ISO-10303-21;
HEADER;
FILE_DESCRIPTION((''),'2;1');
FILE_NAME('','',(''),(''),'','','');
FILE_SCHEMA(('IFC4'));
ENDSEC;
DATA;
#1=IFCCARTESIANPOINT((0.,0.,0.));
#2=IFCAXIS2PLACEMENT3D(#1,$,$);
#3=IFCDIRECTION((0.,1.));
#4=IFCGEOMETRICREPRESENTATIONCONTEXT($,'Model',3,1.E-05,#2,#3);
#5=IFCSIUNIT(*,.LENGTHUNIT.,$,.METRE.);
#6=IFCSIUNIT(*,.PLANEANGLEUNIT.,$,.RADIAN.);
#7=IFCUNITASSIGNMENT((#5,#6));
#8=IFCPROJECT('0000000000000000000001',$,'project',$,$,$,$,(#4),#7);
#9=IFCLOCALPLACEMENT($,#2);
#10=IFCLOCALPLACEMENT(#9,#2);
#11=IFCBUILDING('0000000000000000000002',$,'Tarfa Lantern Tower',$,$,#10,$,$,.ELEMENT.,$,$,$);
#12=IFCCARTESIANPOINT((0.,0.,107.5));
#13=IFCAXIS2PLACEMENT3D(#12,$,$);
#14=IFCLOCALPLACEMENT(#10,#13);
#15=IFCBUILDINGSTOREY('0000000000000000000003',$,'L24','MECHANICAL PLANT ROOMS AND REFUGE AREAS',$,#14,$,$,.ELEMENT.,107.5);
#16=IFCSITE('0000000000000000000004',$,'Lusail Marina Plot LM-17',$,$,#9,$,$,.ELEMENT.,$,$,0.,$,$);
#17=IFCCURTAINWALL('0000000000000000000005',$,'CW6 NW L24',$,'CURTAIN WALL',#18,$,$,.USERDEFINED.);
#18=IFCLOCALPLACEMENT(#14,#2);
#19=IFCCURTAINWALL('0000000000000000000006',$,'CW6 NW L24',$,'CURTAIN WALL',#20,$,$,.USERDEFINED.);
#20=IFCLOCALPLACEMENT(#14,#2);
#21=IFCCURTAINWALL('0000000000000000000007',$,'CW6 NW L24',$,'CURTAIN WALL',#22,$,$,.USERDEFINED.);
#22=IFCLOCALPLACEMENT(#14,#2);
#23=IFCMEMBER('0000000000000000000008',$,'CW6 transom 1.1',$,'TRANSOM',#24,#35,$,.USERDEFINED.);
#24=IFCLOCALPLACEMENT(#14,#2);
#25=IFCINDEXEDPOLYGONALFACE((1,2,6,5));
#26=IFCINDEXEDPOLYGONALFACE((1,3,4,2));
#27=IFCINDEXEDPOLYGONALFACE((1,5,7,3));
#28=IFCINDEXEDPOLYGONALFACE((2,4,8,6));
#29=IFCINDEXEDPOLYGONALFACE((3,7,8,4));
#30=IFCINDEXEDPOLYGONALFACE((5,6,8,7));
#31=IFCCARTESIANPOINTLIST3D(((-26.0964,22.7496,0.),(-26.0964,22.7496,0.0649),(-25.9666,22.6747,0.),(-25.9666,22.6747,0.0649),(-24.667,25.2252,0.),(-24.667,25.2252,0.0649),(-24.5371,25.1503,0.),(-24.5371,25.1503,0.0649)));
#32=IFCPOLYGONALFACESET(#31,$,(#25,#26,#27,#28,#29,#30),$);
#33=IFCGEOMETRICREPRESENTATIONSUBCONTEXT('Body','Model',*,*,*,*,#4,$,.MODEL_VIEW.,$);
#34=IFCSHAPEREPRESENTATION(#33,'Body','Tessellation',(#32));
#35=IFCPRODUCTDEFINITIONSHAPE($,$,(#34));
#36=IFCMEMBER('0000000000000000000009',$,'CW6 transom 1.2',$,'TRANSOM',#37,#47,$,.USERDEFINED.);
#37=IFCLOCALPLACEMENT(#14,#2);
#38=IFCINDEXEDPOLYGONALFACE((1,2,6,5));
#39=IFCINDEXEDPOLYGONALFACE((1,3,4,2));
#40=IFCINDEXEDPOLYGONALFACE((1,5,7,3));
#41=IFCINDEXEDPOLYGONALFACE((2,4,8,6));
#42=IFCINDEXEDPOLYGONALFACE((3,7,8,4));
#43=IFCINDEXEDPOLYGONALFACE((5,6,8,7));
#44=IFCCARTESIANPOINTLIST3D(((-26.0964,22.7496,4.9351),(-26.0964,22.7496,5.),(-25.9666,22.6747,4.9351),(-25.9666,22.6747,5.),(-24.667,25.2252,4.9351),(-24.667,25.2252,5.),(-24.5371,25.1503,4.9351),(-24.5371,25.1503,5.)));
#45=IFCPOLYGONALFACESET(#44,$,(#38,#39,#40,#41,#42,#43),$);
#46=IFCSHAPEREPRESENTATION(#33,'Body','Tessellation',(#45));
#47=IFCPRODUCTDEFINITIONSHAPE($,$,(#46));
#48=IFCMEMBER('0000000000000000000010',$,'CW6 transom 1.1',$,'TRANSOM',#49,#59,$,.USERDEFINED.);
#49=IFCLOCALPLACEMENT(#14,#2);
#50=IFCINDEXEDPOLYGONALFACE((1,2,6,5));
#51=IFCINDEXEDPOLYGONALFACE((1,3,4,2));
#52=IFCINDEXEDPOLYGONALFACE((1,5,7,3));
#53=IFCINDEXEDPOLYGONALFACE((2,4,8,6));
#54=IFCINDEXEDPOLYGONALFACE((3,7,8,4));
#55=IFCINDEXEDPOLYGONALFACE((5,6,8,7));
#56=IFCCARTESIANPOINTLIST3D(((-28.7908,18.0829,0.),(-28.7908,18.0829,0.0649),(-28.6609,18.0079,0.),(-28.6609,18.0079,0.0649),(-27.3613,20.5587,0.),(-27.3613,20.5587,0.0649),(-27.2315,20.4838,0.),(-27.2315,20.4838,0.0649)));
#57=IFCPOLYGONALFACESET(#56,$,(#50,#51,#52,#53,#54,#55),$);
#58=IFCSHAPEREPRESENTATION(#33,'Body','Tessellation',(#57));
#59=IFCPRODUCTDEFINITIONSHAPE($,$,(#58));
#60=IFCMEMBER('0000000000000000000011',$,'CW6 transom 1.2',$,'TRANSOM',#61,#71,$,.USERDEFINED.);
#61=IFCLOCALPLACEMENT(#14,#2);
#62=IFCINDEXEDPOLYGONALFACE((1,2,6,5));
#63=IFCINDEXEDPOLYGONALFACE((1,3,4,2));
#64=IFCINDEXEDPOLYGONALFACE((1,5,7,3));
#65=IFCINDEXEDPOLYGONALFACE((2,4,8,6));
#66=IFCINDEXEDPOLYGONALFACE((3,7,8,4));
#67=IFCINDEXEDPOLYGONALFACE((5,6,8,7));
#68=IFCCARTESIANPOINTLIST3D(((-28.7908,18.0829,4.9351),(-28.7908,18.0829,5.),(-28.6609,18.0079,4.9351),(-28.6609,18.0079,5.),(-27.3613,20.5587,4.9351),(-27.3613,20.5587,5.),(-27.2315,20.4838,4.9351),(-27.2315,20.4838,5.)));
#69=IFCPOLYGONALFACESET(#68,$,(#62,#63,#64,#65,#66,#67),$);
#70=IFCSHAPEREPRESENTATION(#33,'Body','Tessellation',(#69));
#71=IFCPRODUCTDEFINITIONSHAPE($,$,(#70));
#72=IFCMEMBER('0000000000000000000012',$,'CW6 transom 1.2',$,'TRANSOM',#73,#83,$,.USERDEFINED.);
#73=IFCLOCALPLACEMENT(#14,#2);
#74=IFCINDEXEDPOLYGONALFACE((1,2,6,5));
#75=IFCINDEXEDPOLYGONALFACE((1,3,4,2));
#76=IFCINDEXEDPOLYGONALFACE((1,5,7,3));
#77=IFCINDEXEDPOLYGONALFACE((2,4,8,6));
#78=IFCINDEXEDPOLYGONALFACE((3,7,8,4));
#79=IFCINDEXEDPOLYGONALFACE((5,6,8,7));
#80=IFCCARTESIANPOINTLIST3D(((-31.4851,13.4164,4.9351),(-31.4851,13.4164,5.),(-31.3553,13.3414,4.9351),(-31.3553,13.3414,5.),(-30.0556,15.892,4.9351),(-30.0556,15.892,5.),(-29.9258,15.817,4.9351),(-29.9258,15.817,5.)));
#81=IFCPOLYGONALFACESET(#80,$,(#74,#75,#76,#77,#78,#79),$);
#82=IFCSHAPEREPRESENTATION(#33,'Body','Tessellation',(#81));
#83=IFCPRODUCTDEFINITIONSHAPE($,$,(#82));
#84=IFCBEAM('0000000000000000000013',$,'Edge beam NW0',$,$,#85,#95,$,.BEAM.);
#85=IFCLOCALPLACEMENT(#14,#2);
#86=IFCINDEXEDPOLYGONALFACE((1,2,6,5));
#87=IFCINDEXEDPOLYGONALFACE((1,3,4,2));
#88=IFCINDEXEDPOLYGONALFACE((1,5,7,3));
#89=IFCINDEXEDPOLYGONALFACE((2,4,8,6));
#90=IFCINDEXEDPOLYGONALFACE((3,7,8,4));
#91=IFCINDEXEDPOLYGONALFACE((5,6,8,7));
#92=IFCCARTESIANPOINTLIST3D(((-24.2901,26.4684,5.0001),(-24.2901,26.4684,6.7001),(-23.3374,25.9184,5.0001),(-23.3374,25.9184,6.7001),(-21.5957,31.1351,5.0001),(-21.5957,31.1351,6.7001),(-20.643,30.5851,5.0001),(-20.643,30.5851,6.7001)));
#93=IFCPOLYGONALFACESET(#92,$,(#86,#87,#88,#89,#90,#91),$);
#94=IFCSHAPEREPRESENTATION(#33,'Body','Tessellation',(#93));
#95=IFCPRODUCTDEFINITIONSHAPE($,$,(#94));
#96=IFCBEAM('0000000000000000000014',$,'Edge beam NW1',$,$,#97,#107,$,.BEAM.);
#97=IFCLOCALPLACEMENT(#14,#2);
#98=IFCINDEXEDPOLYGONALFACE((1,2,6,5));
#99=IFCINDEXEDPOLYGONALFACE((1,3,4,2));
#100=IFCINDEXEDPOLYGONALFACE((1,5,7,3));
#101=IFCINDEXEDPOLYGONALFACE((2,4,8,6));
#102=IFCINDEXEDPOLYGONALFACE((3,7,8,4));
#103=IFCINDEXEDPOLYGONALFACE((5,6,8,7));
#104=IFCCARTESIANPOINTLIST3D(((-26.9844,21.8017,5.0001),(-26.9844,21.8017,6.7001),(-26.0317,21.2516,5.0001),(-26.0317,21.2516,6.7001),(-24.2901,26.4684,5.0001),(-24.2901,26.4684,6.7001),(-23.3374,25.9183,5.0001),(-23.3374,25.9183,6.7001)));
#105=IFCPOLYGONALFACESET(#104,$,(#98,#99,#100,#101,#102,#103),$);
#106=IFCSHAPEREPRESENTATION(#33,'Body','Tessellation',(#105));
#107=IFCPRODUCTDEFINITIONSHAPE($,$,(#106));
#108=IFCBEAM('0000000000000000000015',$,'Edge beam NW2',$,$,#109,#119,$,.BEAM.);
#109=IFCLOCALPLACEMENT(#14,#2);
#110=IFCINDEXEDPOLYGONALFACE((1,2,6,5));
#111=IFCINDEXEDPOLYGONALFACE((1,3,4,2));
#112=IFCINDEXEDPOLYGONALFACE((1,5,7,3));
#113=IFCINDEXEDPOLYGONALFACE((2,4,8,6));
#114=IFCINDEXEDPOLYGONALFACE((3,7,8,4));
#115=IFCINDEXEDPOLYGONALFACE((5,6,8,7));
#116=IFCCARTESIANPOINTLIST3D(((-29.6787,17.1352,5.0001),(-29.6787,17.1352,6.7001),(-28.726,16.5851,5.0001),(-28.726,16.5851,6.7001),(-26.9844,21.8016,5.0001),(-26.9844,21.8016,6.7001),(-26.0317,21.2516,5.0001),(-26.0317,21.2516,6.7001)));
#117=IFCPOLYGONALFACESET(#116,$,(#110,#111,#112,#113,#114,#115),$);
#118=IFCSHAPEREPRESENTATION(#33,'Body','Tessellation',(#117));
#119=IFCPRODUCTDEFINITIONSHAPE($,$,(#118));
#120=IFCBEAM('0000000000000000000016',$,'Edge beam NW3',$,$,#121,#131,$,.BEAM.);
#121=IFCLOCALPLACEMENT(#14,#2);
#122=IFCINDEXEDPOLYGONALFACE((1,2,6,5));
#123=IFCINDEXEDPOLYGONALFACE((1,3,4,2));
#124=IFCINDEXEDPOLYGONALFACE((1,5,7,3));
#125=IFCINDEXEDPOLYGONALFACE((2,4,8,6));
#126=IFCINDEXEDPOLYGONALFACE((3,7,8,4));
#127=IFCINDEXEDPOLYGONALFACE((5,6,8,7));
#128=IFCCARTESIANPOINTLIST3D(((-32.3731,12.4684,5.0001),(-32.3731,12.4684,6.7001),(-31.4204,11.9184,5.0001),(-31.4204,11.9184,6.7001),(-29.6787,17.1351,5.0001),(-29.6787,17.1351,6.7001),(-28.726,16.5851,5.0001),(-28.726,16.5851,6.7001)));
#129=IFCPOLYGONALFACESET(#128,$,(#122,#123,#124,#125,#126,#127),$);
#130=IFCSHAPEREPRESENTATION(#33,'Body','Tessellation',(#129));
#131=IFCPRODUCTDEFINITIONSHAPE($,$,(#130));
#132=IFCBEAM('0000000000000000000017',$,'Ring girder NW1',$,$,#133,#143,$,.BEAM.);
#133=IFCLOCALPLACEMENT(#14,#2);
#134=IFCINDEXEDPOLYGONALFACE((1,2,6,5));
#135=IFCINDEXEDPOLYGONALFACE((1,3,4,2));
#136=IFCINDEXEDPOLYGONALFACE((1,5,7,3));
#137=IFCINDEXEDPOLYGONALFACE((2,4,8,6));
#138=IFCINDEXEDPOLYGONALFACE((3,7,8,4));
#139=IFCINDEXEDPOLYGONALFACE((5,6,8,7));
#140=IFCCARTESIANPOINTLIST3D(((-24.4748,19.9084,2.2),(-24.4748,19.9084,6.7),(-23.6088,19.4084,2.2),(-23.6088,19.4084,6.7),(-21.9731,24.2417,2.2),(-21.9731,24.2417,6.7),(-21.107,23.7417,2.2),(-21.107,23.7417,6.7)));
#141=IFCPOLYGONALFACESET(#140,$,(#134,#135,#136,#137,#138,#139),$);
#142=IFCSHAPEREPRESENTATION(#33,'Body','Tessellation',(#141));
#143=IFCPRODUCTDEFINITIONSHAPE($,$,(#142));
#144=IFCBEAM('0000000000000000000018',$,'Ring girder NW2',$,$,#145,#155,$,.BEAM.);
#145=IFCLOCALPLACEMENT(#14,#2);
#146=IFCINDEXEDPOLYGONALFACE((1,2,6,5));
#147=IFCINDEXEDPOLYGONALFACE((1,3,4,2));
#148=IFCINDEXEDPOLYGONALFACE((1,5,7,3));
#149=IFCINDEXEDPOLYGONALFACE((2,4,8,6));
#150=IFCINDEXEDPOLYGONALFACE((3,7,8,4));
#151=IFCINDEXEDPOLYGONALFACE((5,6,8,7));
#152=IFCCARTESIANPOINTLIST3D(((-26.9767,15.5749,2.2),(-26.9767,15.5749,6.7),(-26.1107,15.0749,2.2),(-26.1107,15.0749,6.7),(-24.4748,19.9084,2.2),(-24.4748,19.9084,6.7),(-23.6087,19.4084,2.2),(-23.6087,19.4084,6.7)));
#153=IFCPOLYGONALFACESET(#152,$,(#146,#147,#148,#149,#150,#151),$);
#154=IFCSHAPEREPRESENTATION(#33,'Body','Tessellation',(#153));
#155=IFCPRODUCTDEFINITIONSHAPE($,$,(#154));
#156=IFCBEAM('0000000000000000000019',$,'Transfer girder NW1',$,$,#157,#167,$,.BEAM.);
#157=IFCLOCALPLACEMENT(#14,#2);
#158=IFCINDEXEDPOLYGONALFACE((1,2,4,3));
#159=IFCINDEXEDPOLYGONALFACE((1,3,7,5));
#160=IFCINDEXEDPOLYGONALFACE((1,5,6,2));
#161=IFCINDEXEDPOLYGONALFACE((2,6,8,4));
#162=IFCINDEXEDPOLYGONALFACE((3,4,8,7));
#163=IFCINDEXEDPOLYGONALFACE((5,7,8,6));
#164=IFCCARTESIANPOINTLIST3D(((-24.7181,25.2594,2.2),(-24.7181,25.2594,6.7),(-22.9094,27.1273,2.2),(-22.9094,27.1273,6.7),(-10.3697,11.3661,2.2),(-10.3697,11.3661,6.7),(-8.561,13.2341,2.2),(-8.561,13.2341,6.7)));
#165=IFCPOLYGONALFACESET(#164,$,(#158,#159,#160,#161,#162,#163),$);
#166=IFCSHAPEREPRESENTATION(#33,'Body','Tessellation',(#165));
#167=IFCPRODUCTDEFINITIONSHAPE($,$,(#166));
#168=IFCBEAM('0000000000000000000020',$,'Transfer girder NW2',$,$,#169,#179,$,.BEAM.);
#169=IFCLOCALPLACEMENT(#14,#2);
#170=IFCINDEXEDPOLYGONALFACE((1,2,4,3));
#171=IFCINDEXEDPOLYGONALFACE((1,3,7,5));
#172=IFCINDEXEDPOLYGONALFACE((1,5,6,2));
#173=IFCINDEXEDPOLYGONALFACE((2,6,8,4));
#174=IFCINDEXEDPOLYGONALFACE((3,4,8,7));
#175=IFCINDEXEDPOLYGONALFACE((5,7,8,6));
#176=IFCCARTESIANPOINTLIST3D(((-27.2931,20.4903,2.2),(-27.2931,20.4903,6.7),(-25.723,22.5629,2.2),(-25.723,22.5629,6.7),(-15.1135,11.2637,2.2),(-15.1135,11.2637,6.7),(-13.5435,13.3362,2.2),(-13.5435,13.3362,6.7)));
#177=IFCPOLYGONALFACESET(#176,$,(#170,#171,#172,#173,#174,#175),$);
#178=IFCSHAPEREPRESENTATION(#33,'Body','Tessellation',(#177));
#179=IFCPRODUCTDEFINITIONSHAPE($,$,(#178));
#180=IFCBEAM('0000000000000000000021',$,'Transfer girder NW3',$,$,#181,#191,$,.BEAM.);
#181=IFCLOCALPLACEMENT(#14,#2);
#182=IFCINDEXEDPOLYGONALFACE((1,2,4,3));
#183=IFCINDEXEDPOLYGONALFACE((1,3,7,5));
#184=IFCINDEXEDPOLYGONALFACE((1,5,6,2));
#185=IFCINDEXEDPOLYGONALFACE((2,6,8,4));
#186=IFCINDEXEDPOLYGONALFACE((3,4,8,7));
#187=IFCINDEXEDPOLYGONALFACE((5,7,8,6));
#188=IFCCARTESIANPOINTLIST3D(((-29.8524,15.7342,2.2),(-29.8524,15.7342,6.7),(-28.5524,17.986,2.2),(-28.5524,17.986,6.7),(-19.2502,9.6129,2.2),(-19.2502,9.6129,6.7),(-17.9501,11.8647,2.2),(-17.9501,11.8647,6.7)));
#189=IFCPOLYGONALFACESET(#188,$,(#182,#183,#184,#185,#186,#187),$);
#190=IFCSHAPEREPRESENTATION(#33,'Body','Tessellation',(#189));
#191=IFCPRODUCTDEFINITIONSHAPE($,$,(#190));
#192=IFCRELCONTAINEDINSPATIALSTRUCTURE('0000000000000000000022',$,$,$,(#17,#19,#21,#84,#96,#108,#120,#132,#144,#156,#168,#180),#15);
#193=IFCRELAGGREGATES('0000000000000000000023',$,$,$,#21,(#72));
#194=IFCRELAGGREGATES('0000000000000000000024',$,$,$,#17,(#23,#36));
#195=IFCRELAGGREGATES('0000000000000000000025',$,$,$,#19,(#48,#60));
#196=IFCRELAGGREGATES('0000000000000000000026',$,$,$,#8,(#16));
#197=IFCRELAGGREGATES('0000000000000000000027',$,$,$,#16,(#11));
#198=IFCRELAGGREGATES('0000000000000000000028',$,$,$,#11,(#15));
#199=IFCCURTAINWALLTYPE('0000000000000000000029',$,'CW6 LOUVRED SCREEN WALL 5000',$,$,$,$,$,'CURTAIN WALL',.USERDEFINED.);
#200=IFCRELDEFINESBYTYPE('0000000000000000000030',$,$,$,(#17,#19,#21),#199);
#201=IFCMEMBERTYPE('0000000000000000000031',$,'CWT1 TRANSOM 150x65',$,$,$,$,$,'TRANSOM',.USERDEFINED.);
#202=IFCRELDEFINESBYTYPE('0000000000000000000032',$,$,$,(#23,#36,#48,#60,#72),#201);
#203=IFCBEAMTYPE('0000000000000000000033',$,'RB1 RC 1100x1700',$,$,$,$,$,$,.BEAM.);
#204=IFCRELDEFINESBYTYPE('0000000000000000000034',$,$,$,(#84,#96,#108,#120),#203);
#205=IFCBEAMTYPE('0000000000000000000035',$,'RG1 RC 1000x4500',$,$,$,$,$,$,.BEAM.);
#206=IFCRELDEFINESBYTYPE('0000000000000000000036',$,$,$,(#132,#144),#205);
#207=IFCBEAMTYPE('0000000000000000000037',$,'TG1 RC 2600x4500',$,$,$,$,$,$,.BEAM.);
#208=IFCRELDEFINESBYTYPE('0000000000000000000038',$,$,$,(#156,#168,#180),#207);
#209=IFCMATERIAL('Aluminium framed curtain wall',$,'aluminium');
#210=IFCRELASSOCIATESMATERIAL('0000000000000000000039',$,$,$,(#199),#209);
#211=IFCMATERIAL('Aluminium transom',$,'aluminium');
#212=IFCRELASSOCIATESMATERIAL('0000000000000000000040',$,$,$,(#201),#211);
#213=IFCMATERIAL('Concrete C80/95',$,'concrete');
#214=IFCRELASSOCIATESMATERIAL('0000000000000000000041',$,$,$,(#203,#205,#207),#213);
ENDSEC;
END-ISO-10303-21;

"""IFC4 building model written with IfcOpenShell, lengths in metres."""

from ifc_helpers import new_model, si_unit, direction, frame, origin, origin_2d, place, context, subcontext, project, spatial, rectangle, extrude, material, material_profile, profile_set, type_object, element, aggregate, save


model = new_model("IFC4")

# Units and contexts
model_context = context("Model", 3, precision=1e-05, world=origin(), true_north=direction((0.0, 1.0)))
body_context = subcontext(model_context, "Body", "Model", "MODEL_VIEW")
ifc_project = project(units=[si_unit("LENGTHUNIT", "METRE"), si_unit("PLANEANGLEUNIT", "RADIAN")], contexts=[model_context])

# Site, building, storey
site_placement = place(None, origin())
site = spatial("IfcSite", under=ifc_project, at=site_placement, Name="Lusail Marina Plot LM-17", CompositionType="ELEMENT", RefElevation=0.0)
building_placement = place(site_placement, origin())
building = spatial("IfcBuilding", under=site, at=building_placement, Name="Tarfa Lantern Tower", CompositionType="ELEMENT")
storey_placement = place(building_placement, frame((0.0, 0.0, 107.5)))
storey = spatial("IfcBuildingStorey", under=building, at=storey_placement, Name="L24", Description="MECHANICAL PLANT ROOMS AND REFUGE AREAS", CompositionType="ELEMENT", Elevation=107.5)

# Shared definitions
ifc_material_1 = material(Name="Concrete C80/95", Category="concrete")

# Curtain walls
ifc_material_2 = material(Name="Aluminium framed curtain wall", Category="aluminium")
curtain_wall_type = type_object("IfcCurtainWallType", Name="CW6 LOUVRED SCREEN WALL 5000", ElementType="CURTAIN WALL", PredefinedType="USERDEFINED", material=ifc_material_2)
curtain_wall_1_placement = place(storey_placement, origin())
curtain_wall_1 = element("IfcCurtainWall", 1, at=curtain_wall_1_placement, inside=storey, type_object=curtain_wall_type, Name="CW6 NW L24", ObjectType="CURTAIN WALL", PredefinedType="USERDEFINED")
curtain_wall_2_placement = place(storey_placement, origin())
curtain_wall_2 = element("IfcCurtainWall", 2, at=curtain_wall_2_placement, inside=storey, type_object=curtain_wall_type, Name="CW6 NW L24", ObjectType="CURTAIN WALL", PredefinedType="USERDEFINED")

# Curtain wall
curtain_wall_3_placement = place(storey_placement, origin())
curtain_wall_3 = element("IfcCurtainWall", 3, at=curtain_wall_3_placement, inside=storey, type_object=curtain_wall_type, Name="CW6 NW L24", ObjectType="CURTAIN WALL", PredefinedType="USERDEFINED")

# Members
ifc_material_3 = material(Name="Aluminium transom", Category="aluminium")
ifc_material_profile_1 = material_profile(ifc_material_3, rectangle(XDim=0.1499, YDim=0.0649, at=origin_2d()), Name="AL TRANSOM 150x65")
ifc_profile_set_1 = profile_set([ifc_material_profile_1], Name="Aluminium transom")
member_type_1 = type_object("IfcMemberType", Name="CWT1 TRANSOM 150x65", ElementType="TRANSOM", PredefinedType="USERDEFINED", material=ifc_profile_set_1)
member_1_placement = place(storey_placement, frame((-24.6021, 25.1877, 0.0325), z_axis=(-0.500043, -0.866001, 0.0), x_axis=(0.866001, -0.500043, 0.0)))
member_1 = element("IfcMember", 4, at=member_1_placement, type_object=member_type_1, Name="CW6 transom 1.1", ObjectType="TRANSOM", PredefinedType="USERDEFINED", context=body_context, shape_type="SweptSolid", body=[
    extrude(rectangle(XDim=0.1499, YDim=0.0649, at=origin_2d()), origin(), (0.0, 0.0, 1.0), 2.8586),
])
member_2_placement = place(storey_placement, frame((-24.6021, 25.1877, 4.9675), z_axis=(-0.500043, -0.866001, 0.0), x_axis=(0.866001, -0.500043, 0.0)))
member_2 = element("IfcMember", 5, at=member_2_placement, type_object=member_type_1, Name="CW6 transom 1.2", ObjectType="TRANSOM", PredefinedType="USERDEFINED", context=body_context, shape_type="SweptSolid", body=[
    extrude(rectangle(XDim=0.1499, YDim=0.0649, at=origin_2d()), origin(), (0.0, 0.0, 1.0), 2.8586),
])
member_3_placement = place(storey_placement, frame((-27.2964, 20.5212, 0.0325), z_axis=(-0.500006, -0.866022, 0.0), x_axis=(0.866022, -0.500006, 0.0)))
member_3 = element("IfcMember", 6, at=member_3_placement, type_object=member_type_1, Name="CW6 transom 1.1", ObjectType="TRANSOM", PredefinedType="USERDEFINED", context=body_context, shape_type="SweptSolid", body=[
    extrude(rectangle(XDim=0.1499, YDim=0.0649, at=origin_2d()), origin(), (0.0, 0.0, 1.0), 2.8589),
])
member_4_placement = place(storey_placement, frame((-27.2964, 20.5212, 4.9675), z_axis=(-0.500006, -0.866022, 0.0), x_axis=(0.866022, -0.500006, 0.0)))
member_4 = element("IfcMember", 7, at=member_4_placement, type_object=member_type_1, Name="CW6 transom 1.2", ObjectType="TRANSOM", PredefinedType="USERDEFINED", context=body_context, shape_type="SweptSolid", body=[
    extrude(rectangle(XDim=0.1499, YDim=0.0649, at=origin_2d()), origin(), (0.0, 0.0, 1.0), 2.8589),
])
member_5_placement = place(storey_placement, frame((-29.9907, 15.8545, 4.9675), z_axis=(-0.500043, -0.866001, 0.0), x_axis=(0.866001, -0.500043, 0.0)))
member_5 = element("IfcMember", 8, at=member_5_placement, type_object=member_type_1, Name="CW6 transom 1.2", ObjectType="TRANSOM", PredefinedType="USERDEFINED", context=body_context, shape_type="SweptSolid", body=[
    extrude(rectangle(XDim=0.1499, YDim=0.0649, at=origin_2d()), origin(), (0.0, 0.0, 1.0), 2.8586),
])
aggregate(curtain_wall_3, [member_5])

# Beams
ifc_material_profile_2 = material_profile(ifc_material_1, rectangle(XDim=1.1001, YDim=1.7, at=origin_2d()), Name="RC 1100x1700")
ifc_profile_set_2 = profile_set([ifc_material_profile_2], Name="Concrete C80/95")
beam_type_1 = type_object("IfcBeamType", Name="RB1 RC 1100x1700", PredefinedType="BEAM", material=ifc_profile_set_2)
for number, where, z_axis, x_axis, name in (
    (9, (-21.1194, 30.8601, 5.8501), (-0.499998, -0.866026, 0.0), (0.866026, -0.499998, 0.0), "Edge beam NW0"),
    (10, (-23.8137, 26.1934, 5.8501), (-0.499998, -0.866026, 0.0), (0.866026, -0.499998, 0.0), "Edge beam NW1"),
):
    element("IfcBeam", number, at=place(storey_placement, frame(where, z_axis=z_axis, x_axis=x_axis)), inside=storey, type_object=beam_type_1, Name=name, PredefinedType="BEAM", context=body_context, shape_type="SweptSolid", body=[
        extrude(rectangle(XDim=1.1001, YDim=1.7, at=origin_2d()), origin(), (0.0, 0.0, 1.0), 5.3887),
    ])
beam_1_placement = place(storey_placement, frame((-26.5081, 21.5266, 5.8501), z_axis=(-0.500018, -0.866015, 0.0), x_axis=(0.866015, -0.500018, 0.0)))
element("IfcBeam", 11, at=beam_1_placement, inside=storey, type_object=beam_type_1, Name="Edge beam NW2", PredefinedType="BEAM", context=body_context, shape_type="SweptSolid", body=[
    extrude(rectangle(XDim=1.1001, YDim=1.7, at=origin_2d()), origin(), (0.0, 0.0, 1.0), 5.3884),
])
beam_2_placement = place(storey_placement, frame((-29.2024, 16.8601, 5.8501), z_axis=(-0.499998, -0.866026, 0.0), x_axis=(0.866026, -0.499998, 0.0)))
element("IfcBeam", 12, at=beam_2_placement, inside=storey, type_object=beam_type_1, Name="Edge beam NW3", PredefinedType="BEAM", context=body_context, shape_type="SweptSolid", body=[
    extrude(rectangle(XDim=1.1001, YDim=1.7, at=origin_2d()), origin(), (0.0, 0.0, 1.0), 5.3887),
])
ifc_material_profile_3 = material_profile(ifc_material_1, rectangle(XDim=1.0, YDim=4.5, at=origin_2d()), Name="RC 1000x4500")
ifc_profile_set_3 = profile_set([ifc_material_profile_3], Name="Concrete C80/95")
beam_type_2 = type_object("IfcBeamType", Name="RG1 RC 1000x4500", PredefinedType="BEAM", material=ifc_profile_set_3)
beam_3_placement = place(storey_placement, frame((-21.54, 23.9917, 4.45), z_axis=(-0.499986, -0.866034, 0.0), x_axis=(0.866034, -0.499986, 0.0)))
element("IfcBeam", 13, at=beam_3_placement, inside=storey, type_object=beam_type_2, Name="Ring girder NW1", PredefinedType="BEAM", context=body_context, shape_type="SweptSolid", body=[
    extrude(rectangle(XDim=1.0, YDim=4.5, at=origin_2d()), origin(), (0.0, 0.0, 1.0), 5.0037),
])
beam_4_placement = place(storey_placement, frame((-24.0417, 19.6584, 4.45), z_axis=(-0.500001, -0.866025, 0.0), x_axis=(0.866025, -0.500001, 0.0)))
element("IfcBeam", 14, at=beam_4_placement, inside=storey, type_object=beam_type_2, Name="Ring girder NW2", PredefinedType="BEAM", context=body_context, shape_type="SweptSolid", body=[
    extrude(rectangle(XDim=1.0, YDim=4.5, at=origin_2d()), origin(), (0.0, 0.0, 1.0), 5.0039),
])
ifc_material_profile_4 = material_profile(ifc_material_1, rectangle(XDim=2.6001, YDim=4.5, at=origin_2d()), Name="RC 2600x4500")
ifc_profile_set_4 = profile_set([ifc_material_profile_4], Name="Concrete C80/95")
beam_type_3 = type_object("IfcBeamType", Name="TG1 RC 2600x4500", PredefinedType="BEAM", material=ifc_profile_set_4)
beam_5_placement = place(storey_placement, frame((-23.8137, 26.1934, 4.45), z_axis=(0.718408, -0.695622, 0.0), x_axis=(0.695622, 0.718408, 0.0)))
element("IfcBeam", 15, at=beam_5_placement, inside=storey, type_object=beam_type_3, Name="Transfer girder NW1", PredefinedType="BEAM", context=body_context, shape_type="SweptSolid", body=[
    extrude(rectangle(XDim=2.6001, YDim=4.5, at=origin_2d()), origin(), (0.0, 0.0, 1.0), 19.9724),
])
beam_6_placement = place(storey_placement, frame((-26.5081, 21.5266, 4.45), z_axis=(0.797101, -0.603846, 0.0), x_axis=(0.603846, 0.797101, 0.0)))
element("IfcBeam", 16, at=beam_6_placement, inside=storey, type_object=beam_type_3, Name="Transfer girder NW2", PredefinedType="BEAM", context=body_context, shape_type="SweptSolid", body=[
    extrude(rectangle(XDim=2.6001, YDim=4.5, at=origin_2d()), origin(), (0.0, 0.0, 1.0), 15.2798),
])
beam_7_placement = place(storey_placement, frame((-29.2024, 16.8601, 4.45), z_axis=(0.866022, -0.500006, 0.0), x_axis=(0.500006, 0.866022, 0.0)))
element("IfcBeam", 17, at=beam_7_placement, inside=storey, type_object=beam_type_3, Name="Transfer girder NW3", PredefinedType="BEAM", context=body_context, shape_type="SweptSolid", body=[
    extrude(rectangle(XDim=2.6001, YDim=4.5, at=origin_2d()), origin(), (0.0, 0.0, 1.0), 12.2424),
])

aggregate(curtain_wall_1, [member_1, member_2])
aggregate(curtain_wall_2, [member_3, member_4])

save(model, "model.ifc")
